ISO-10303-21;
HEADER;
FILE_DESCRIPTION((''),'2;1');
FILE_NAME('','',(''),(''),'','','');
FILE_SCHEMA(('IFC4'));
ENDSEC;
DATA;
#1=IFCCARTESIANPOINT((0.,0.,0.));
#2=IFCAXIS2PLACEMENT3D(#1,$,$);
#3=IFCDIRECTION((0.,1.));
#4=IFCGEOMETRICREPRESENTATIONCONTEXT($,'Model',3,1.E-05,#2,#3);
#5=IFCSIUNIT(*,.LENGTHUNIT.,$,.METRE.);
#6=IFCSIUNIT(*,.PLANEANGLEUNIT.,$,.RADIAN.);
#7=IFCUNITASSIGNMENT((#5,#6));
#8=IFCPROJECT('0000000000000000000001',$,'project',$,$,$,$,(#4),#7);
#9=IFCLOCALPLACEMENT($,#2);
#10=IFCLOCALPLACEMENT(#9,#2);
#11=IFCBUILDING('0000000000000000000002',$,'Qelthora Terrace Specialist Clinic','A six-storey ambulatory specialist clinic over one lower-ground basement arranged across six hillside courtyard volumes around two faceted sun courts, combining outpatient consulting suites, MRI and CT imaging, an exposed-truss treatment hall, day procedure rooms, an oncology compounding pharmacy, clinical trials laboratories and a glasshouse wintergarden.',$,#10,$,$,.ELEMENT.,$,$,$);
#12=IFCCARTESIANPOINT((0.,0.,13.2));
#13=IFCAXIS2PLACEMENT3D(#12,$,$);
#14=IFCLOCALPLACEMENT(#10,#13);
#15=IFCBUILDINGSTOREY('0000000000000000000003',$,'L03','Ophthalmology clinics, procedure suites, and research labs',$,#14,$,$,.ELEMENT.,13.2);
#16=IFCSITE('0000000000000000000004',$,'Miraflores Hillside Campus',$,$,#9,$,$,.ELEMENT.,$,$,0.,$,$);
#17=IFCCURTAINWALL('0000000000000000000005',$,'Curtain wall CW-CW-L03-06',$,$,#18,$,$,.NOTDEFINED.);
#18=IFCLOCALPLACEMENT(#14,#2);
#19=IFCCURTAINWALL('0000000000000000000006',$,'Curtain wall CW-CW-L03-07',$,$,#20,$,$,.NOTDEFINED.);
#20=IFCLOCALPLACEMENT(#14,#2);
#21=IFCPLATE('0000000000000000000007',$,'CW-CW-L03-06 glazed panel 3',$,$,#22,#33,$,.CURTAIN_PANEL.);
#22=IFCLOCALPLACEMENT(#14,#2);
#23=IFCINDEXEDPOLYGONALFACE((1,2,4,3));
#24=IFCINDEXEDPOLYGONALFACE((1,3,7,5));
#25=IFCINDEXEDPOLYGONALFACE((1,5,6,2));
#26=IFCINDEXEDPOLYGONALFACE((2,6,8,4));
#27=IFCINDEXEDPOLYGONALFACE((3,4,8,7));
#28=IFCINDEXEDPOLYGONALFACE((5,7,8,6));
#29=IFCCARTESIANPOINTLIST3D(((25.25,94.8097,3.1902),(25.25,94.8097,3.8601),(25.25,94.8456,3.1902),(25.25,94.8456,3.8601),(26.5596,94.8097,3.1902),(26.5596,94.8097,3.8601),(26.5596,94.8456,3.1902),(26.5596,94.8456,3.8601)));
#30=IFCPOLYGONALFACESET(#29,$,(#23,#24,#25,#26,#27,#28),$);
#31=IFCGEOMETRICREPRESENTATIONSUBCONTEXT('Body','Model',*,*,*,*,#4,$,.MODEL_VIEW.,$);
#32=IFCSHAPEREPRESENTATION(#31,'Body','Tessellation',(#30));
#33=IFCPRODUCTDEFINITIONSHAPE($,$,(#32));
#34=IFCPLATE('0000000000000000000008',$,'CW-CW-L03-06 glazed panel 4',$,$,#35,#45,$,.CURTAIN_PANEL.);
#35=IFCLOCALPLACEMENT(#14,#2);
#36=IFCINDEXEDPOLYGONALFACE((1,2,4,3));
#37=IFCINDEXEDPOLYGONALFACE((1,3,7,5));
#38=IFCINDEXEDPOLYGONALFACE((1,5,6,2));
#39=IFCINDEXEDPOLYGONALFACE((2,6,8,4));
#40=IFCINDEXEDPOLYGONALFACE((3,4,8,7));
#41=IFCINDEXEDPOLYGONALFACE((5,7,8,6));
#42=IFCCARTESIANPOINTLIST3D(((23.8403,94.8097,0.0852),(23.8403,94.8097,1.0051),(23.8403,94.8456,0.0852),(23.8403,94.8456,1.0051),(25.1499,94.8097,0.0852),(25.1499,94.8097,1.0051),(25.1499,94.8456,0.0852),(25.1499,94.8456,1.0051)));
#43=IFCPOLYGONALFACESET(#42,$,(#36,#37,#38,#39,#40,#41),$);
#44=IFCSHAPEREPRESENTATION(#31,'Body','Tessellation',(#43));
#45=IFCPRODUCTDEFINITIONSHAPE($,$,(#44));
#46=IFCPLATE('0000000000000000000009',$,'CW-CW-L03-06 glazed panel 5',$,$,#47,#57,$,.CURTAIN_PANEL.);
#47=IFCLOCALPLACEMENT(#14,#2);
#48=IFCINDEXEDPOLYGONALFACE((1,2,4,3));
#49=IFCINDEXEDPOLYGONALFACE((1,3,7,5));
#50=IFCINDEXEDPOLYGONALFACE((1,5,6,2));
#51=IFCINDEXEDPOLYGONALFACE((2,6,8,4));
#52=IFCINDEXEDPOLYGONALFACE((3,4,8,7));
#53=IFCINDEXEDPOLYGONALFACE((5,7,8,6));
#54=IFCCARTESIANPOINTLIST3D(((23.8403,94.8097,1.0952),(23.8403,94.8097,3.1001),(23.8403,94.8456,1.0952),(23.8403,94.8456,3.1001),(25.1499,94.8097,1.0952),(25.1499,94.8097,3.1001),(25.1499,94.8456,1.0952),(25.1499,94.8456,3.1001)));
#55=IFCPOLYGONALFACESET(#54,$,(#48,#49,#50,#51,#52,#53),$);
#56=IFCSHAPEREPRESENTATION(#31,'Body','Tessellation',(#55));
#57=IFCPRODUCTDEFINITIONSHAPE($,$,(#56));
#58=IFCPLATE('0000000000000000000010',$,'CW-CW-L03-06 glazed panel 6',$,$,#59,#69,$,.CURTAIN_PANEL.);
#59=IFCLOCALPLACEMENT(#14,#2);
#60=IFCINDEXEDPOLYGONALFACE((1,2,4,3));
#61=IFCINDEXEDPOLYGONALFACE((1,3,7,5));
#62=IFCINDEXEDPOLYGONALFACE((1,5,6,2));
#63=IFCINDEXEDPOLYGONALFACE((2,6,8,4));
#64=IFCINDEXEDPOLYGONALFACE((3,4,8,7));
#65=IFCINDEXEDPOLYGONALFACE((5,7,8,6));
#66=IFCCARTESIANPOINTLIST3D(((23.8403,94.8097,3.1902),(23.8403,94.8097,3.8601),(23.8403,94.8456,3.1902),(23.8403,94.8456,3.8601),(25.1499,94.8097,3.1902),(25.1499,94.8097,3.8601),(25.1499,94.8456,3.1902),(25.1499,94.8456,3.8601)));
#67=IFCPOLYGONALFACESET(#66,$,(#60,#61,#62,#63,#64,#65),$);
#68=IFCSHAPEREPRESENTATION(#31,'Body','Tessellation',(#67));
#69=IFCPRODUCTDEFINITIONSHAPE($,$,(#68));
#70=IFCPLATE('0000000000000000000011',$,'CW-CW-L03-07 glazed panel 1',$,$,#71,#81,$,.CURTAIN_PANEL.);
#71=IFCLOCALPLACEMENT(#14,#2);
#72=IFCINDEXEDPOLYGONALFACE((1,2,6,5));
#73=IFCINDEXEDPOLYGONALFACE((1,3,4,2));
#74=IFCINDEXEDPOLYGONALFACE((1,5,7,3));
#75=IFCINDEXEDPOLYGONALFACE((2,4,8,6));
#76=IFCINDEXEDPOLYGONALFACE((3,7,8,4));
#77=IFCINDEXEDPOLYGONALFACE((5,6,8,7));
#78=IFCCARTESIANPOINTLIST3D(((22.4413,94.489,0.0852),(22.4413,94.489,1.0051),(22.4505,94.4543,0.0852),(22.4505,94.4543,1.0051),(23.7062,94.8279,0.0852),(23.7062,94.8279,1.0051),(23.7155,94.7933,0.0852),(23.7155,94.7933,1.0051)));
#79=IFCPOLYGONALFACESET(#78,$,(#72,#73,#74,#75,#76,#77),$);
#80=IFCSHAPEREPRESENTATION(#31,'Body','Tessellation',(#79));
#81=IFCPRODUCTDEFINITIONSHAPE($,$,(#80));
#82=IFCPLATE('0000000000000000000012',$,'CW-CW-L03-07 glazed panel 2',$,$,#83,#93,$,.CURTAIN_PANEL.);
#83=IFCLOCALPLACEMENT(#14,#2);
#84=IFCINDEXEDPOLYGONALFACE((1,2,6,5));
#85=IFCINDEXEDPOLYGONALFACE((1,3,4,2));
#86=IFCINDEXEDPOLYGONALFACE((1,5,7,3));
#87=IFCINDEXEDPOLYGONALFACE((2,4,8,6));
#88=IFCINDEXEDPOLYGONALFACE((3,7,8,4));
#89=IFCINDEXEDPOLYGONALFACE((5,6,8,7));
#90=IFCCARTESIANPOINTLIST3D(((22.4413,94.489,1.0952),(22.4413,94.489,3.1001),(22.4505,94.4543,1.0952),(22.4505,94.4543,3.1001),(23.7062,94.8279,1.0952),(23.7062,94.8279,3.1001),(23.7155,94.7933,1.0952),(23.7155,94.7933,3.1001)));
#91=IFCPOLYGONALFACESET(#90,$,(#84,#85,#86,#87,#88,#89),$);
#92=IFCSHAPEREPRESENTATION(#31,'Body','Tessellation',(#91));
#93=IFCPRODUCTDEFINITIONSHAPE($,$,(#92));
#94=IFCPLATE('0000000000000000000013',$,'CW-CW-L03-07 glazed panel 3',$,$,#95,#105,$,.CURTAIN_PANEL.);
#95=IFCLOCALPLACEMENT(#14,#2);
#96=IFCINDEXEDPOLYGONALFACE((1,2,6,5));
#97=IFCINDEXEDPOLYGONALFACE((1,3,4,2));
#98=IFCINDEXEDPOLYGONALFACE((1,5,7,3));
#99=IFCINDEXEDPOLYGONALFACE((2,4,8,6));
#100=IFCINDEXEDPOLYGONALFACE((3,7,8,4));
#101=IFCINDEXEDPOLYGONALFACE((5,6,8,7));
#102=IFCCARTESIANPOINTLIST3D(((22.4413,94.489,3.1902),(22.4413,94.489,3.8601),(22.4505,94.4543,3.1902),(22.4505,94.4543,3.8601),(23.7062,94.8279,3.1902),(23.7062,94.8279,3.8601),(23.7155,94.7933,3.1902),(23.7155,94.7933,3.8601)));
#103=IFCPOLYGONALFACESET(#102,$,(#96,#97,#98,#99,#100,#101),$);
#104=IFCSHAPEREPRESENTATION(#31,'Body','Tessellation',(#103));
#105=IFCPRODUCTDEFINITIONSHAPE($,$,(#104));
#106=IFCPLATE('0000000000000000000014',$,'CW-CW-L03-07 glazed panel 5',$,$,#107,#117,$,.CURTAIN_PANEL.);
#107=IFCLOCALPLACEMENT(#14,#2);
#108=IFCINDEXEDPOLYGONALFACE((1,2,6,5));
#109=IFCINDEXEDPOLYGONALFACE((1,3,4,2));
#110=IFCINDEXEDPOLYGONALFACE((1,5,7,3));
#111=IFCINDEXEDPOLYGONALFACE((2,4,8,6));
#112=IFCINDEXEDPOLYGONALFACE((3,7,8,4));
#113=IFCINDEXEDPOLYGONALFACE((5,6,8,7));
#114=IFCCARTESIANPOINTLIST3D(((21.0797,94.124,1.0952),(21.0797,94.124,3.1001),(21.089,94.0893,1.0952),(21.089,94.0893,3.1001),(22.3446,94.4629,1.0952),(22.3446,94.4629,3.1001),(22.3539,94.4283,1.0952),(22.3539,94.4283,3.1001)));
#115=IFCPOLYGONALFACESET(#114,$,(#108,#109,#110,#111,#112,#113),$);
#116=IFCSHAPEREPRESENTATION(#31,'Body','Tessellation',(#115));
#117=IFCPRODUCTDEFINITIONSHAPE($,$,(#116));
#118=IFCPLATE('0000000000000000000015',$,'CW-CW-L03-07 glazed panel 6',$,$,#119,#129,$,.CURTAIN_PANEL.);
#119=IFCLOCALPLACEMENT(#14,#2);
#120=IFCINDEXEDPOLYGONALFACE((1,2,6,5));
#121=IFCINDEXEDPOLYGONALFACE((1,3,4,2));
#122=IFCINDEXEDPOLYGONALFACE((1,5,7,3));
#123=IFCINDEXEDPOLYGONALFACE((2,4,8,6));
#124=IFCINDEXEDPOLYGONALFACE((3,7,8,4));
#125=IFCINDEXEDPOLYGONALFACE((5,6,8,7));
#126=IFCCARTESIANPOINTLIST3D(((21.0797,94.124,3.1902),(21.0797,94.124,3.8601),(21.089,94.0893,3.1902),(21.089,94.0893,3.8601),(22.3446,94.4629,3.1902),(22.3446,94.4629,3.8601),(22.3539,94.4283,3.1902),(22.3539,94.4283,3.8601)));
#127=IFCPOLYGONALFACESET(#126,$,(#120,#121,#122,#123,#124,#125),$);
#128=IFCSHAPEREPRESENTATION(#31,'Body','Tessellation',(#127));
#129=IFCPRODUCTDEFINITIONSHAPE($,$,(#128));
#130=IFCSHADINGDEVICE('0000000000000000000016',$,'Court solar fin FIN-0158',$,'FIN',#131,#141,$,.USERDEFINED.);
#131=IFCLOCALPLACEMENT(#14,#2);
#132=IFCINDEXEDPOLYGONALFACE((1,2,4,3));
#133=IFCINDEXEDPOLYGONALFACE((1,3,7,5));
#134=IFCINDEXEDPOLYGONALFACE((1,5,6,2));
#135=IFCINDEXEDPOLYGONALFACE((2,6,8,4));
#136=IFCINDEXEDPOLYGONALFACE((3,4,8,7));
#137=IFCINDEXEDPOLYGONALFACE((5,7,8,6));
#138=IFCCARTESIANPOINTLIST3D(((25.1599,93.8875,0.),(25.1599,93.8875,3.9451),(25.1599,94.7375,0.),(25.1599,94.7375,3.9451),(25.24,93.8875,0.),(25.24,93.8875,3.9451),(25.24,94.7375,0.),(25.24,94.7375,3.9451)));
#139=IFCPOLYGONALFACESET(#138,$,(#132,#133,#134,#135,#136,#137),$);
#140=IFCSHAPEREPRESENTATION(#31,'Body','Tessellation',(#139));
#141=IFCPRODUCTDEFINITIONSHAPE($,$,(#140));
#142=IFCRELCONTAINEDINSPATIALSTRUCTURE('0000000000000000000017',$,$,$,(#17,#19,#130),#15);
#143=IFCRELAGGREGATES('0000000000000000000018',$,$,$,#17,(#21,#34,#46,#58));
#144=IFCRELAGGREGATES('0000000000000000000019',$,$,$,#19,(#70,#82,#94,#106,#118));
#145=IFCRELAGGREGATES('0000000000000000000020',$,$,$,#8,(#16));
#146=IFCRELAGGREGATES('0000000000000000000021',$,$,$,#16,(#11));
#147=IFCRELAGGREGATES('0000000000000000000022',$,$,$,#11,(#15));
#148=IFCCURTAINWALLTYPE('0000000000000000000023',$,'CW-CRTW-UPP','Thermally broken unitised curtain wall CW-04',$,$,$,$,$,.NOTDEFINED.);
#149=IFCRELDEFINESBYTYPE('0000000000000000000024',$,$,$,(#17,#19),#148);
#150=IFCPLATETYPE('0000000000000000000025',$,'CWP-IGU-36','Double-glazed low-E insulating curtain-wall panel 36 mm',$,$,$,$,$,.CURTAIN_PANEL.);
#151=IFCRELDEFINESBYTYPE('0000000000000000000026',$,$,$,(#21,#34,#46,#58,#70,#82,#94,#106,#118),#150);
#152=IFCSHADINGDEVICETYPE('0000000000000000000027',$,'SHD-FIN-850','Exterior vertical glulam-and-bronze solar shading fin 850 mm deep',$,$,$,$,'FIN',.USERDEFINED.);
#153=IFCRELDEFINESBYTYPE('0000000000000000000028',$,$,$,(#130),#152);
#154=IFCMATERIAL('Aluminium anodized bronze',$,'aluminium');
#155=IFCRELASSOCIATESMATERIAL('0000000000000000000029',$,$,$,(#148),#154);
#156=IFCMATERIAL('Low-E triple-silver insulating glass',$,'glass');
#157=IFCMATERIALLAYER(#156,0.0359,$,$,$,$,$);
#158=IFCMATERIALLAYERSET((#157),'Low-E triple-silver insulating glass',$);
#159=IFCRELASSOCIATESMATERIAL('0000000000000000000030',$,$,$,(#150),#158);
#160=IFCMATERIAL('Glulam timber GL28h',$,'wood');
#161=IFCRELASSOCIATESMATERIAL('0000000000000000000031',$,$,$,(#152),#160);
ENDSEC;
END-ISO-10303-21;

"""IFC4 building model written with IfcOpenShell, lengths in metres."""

from ifc_helpers import new_model, si_unit, direction, frame, origin, origin_2d, place, context, subcontext, project, spatial, rectangle, extrude, material, layer, layer_set, type_object, element, aggregate, save


model = new_model("IFC4")

# Units and contexts
model_context = context("Model", 3, precision=1e-05, world=origin(), true_north=direction((0.0, 1.0)))
body_context = subcontext(model_context, "Body", "Model", "MODEL_VIEW")
ifc_project = project(units=[si_unit("LENGTHUNIT", "METRE"), si_unit("PLANEANGLEUNIT", "RADIAN")], contexts=[model_context])

# Site, building, storey
site_placement = place(None, origin())
site = spatial("IfcSite", under=ifc_project, at=site_placement, Name="Miraflores Hillside Campus", CompositionType="ELEMENT", RefElevation=0.0)
building_placement = place(site_placement, origin())
building = spatial("IfcBuilding", under=site, at=building_placement, Name="Qelthora Terrace Specialist Clinic", Description="A six-storey ambulatory specialist clinic over one lower-ground basement arranged across six hillside courtyard volumes around two faceted sun courts, combining outpatient consulting suites, MRI and CT imaging, an exposed-truss treatment hall, day procedure rooms, an oncology compounding pharmacy, clinical trials laboratories and a glasshouse wintergarden.", CompositionType="ELEMENT")
storey_placement = place(building_placement, frame((0.0, 0.0, 13.2)))
storey = spatial("IfcBuildingStorey", under=building, at=storey_placement, Name="L03", Description="Ophthalmology clinics, procedure suites, and research labs", CompositionType="ELEMENT", Elevation=13.2)

# Shared definitions
ifc_material_1 = material(Name="Aluminium anodized bronze", Category="aluminium")
curtain_wall_type = type_object("IfcCurtainWallType", Name="CW-CRTW-UPP", Description="Thermally broken unitised curtain wall CW-04", PredefinedType="NOTDEFINED", material=ifc_material_1)

# Curtain walls
curtain_wall_1_placement = place(storey_placement, origin())
curtain_wall_1 = element("IfcCurtainWall", 1, at=curtain_wall_1_placement, inside=storey, type_object=curtain_wall_type, Name="Curtain wall CW-CW-L03-06", PredefinedType="NOTDEFINED")
curtain_wall_2_placement = place(storey_placement, origin())
curtain_wall_2 = element("IfcCurtainWall", 2, at=curtain_wall_2_placement, inside=storey, type_object=curtain_wall_type, Name="Curtain wall CW-CW-L03-07", PredefinedType="NOTDEFINED")

# Plates
ifc_material_2 = material(Name="Low-E triple-silver insulating glass", Category="glass")
ifc_layer = layer(ifc_material_2, 0.0359)
ifc_layer_set = layer_set([ifc_layer], Name="Low-E triple-silver insulating glass")
plate_type = type_object("IfcPlateType", Name="CWP-IGU-36", Description="Double-glazed low-E insulating curtain-wall panel 36 mm", PredefinedType="CURTAIN_PANEL", material=ifc_layer_set)
plate_1_placement = place(storey_placement, frame((25.9048, 94.8276, 3.1902), z_axis=(0.0, 0.0, 1.0), x_axis=(-1.0, 0.0, 0.0)))
plate_1 = element("IfcPlate", 3, at=plate_1_placement, type_object=plate_type, Name="CW-CW-L03-06 glazed panel 3", PredefinedType="CURTAIN_PANEL", context=body_context, shape_type="SweptSolid", body=[
    extrude(rectangle(XDim=1.3096, YDim=0.0359, at=origin_2d()), origin(), (0.0, 0.0, 1.0), 0.6699),
])
plate_2_placement = place(storey_placement, frame((24.4951, 94.8276, 0.0852), z_axis=(0.0, 0.0, 1.0), x_axis=(-1.0, 0.0, 0.0)))
plate_2 = element("IfcPlate", 4, at=plate_2_placement, type_object=plate_type, Name="CW-CW-L03-06 glazed panel 4", PredefinedType="CURTAIN_PANEL", context=body_context, shape_type="SweptSolid", body=[
    extrude(rectangle(XDim=1.3096, YDim=0.0359, at=origin_2d()), origin(), (0.0, 0.0, 1.0), 0.9199),
])
plate_3_placement = place(storey_placement, frame((24.4951, 94.8276, 1.0952), z_axis=(0.0, 0.0, 1.0), x_axis=(-1.0, 0.0, 0.0)))
plate_3 = element("IfcPlate", 5, at=plate_3_placement, type_object=plate_type, Name="CW-CW-L03-06 glazed panel 5", PredefinedType="CURTAIN_PANEL", context=body_context, shape_type="SweptSolid", body=[
    extrude(rectangle(XDim=1.3096, YDim=0.0359, at=origin_2d()), origin(), (0.0, 0.0, 1.0), 2.0049),
])
plate_4_placement = place(storey_placement, frame((24.4951, 94.8276, 3.1902), z_axis=(0.0, 0.0, 1.0), x_axis=(-1.0, 0.0, 0.0)))
plate_4 = element("IfcPlate", 6, at=plate_4_placement, type_object=plate_type, Name="CW-CW-L03-06 glazed panel 6", PredefinedType="CURTAIN_PANEL", context=body_context, shape_type="SweptSolid", body=[
    extrude(rectangle(XDim=1.3096, YDim=0.0359, at=origin_2d()), origin(), (0.0, 0.0, 1.0), 0.6699),
])
aggregate(curtain_wall_1, [plate_1, plate_2, plate_3, plate_4])
plate_5_placement = place(storey_placement, frame((23.0784, 94.6411, 0.0852), z_axis=(0.0, 0.0, 1.0), x_axis=(-0.965925, -0.258821, 0.0)))
plate_5 = element("IfcPlate", 7, at=plate_5_placement, type_object=plate_type, Name="CW-CW-L03-07 glazed panel 1", PredefinedType="CURTAIN_PANEL", context=body_context, shape_type="SweptSolid", body=[
    extrude(rectangle(XDim=1.3096, YDim=0.0359, at=origin_2d()), origin(), (0.0, 0.0, 1.0), 0.9199),
])
plate_6_placement = place(storey_placement, frame((23.0784, 94.6411, 1.0952), z_axis=(0.0, 0.0, 1.0), x_axis=(-0.965925, -0.258821, 0.0)))
plate_6 = element("IfcPlate", 8, at=plate_6_placement, type_object=plate_type, Name="CW-CW-L03-07 glazed panel 2", PredefinedType="CURTAIN_PANEL", context=body_context, shape_type="SweptSolid", body=[
    extrude(rectangle(XDim=1.3096, YDim=0.0359, at=origin_2d()), origin(), (0.0, 0.0, 1.0), 2.0049),
])
plate_7_placement = place(storey_placement, frame((23.0784, 94.6411, 3.1902), z_axis=(0.0, 0.0, 1.0), x_axis=(-0.965925, -0.258821, 0.0)))
plate_7 = element("IfcPlate", 9, at=plate_7_placement, type_object=plate_type, Name="CW-CW-L03-07 glazed panel 3", PredefinedType="CURTAIN_PANEL", context=body_context, shape_type="SweptSolid", body=[
    extrude(rectangle(XDim=1.3096, YDim=0.0359, at=origin_2d()), origin(), (0.0, 0.0, 1.0), 0.6699),
])
plate_8_placement = place(storey_placement, frame((21.7168, 94.2761, 1.0952), z_axis=(0.0, 0.0, 1.0), x_axis=(-0.965925, -0.258821, 0.0)))
plate_8 = element("IfcPlate", 10, at=plate_8_placement, type_object=plate_type, Name="CW-CW-L03-07 glazed panel 5", PredefinedType="CURTAIN_PANEL", context=body_context, shape_type="SweptSolid", body=[
    extrude(rectangle(XDim=1.3096, YDim=0.0359, at=origin_2d()), origin(), (0.0, 0.0, 1.0), 2.0049),
])
plate_9_placement = place(storey_placement, frame((21.7168, 94.2761, 3.1902), z_axis=(0.0, 0.0, 1.0), x_axis=(-0.965925, -0.258821, 0.0)))
plate_9 = element("IfcPlate", 11, at=plate_9_placement, type_object=plate_type, Name="CW-CW-L03-07 glazed panel 6", PredefinedType="CURTAIN_PANEL", context=body_context, shape_type="SweptSolid", body=[
    extrude(rectangle(XDim=1.3096, YDim=0.0359, at=origin_2d()), origin(), (0.0, 0.0, 1.0), 0.6699),
])
aggregate(curtain_wall_2, [plate_5, plate_6, plate_7, plate_8, plate_9])

# Shading device
ifc_material_3 = material(Name="Glulam timber GL28h", Category="wood")
shading_device_type = type_object("IfcShadingDeviceType", Name="SHD-FIN-850", Description="Exterior vertical glulam-and-bronze solar shading fin 850 mm deep", ElementType="FIN", PredefinedType="USERDEFINED", material=ifc_material_3)
shading_device_placement = place(storey_placement, frame((25.2, 94.3125, 0.0), z_axis=(0.0, 0.0, 1.0), x_axis=(0.0, -1.0, 0.0)))
element("IfcShadingDevice", 12, at=shading_device_placement, inside=storey, type_object=shading_device_type, Name="Court solar fin FIN-0158", ObjectType="FIN", PredefinedType="USERDEFINED", context=body_context, shape_type="SweptSolid", body=[
    extrude(rectangle(XDim=0.8501, YDim=0.0801, at=origin_2d()), origin(), (0.0, 0.0, 1.0), 3.9451),
])

save(model, "model.ifc")
